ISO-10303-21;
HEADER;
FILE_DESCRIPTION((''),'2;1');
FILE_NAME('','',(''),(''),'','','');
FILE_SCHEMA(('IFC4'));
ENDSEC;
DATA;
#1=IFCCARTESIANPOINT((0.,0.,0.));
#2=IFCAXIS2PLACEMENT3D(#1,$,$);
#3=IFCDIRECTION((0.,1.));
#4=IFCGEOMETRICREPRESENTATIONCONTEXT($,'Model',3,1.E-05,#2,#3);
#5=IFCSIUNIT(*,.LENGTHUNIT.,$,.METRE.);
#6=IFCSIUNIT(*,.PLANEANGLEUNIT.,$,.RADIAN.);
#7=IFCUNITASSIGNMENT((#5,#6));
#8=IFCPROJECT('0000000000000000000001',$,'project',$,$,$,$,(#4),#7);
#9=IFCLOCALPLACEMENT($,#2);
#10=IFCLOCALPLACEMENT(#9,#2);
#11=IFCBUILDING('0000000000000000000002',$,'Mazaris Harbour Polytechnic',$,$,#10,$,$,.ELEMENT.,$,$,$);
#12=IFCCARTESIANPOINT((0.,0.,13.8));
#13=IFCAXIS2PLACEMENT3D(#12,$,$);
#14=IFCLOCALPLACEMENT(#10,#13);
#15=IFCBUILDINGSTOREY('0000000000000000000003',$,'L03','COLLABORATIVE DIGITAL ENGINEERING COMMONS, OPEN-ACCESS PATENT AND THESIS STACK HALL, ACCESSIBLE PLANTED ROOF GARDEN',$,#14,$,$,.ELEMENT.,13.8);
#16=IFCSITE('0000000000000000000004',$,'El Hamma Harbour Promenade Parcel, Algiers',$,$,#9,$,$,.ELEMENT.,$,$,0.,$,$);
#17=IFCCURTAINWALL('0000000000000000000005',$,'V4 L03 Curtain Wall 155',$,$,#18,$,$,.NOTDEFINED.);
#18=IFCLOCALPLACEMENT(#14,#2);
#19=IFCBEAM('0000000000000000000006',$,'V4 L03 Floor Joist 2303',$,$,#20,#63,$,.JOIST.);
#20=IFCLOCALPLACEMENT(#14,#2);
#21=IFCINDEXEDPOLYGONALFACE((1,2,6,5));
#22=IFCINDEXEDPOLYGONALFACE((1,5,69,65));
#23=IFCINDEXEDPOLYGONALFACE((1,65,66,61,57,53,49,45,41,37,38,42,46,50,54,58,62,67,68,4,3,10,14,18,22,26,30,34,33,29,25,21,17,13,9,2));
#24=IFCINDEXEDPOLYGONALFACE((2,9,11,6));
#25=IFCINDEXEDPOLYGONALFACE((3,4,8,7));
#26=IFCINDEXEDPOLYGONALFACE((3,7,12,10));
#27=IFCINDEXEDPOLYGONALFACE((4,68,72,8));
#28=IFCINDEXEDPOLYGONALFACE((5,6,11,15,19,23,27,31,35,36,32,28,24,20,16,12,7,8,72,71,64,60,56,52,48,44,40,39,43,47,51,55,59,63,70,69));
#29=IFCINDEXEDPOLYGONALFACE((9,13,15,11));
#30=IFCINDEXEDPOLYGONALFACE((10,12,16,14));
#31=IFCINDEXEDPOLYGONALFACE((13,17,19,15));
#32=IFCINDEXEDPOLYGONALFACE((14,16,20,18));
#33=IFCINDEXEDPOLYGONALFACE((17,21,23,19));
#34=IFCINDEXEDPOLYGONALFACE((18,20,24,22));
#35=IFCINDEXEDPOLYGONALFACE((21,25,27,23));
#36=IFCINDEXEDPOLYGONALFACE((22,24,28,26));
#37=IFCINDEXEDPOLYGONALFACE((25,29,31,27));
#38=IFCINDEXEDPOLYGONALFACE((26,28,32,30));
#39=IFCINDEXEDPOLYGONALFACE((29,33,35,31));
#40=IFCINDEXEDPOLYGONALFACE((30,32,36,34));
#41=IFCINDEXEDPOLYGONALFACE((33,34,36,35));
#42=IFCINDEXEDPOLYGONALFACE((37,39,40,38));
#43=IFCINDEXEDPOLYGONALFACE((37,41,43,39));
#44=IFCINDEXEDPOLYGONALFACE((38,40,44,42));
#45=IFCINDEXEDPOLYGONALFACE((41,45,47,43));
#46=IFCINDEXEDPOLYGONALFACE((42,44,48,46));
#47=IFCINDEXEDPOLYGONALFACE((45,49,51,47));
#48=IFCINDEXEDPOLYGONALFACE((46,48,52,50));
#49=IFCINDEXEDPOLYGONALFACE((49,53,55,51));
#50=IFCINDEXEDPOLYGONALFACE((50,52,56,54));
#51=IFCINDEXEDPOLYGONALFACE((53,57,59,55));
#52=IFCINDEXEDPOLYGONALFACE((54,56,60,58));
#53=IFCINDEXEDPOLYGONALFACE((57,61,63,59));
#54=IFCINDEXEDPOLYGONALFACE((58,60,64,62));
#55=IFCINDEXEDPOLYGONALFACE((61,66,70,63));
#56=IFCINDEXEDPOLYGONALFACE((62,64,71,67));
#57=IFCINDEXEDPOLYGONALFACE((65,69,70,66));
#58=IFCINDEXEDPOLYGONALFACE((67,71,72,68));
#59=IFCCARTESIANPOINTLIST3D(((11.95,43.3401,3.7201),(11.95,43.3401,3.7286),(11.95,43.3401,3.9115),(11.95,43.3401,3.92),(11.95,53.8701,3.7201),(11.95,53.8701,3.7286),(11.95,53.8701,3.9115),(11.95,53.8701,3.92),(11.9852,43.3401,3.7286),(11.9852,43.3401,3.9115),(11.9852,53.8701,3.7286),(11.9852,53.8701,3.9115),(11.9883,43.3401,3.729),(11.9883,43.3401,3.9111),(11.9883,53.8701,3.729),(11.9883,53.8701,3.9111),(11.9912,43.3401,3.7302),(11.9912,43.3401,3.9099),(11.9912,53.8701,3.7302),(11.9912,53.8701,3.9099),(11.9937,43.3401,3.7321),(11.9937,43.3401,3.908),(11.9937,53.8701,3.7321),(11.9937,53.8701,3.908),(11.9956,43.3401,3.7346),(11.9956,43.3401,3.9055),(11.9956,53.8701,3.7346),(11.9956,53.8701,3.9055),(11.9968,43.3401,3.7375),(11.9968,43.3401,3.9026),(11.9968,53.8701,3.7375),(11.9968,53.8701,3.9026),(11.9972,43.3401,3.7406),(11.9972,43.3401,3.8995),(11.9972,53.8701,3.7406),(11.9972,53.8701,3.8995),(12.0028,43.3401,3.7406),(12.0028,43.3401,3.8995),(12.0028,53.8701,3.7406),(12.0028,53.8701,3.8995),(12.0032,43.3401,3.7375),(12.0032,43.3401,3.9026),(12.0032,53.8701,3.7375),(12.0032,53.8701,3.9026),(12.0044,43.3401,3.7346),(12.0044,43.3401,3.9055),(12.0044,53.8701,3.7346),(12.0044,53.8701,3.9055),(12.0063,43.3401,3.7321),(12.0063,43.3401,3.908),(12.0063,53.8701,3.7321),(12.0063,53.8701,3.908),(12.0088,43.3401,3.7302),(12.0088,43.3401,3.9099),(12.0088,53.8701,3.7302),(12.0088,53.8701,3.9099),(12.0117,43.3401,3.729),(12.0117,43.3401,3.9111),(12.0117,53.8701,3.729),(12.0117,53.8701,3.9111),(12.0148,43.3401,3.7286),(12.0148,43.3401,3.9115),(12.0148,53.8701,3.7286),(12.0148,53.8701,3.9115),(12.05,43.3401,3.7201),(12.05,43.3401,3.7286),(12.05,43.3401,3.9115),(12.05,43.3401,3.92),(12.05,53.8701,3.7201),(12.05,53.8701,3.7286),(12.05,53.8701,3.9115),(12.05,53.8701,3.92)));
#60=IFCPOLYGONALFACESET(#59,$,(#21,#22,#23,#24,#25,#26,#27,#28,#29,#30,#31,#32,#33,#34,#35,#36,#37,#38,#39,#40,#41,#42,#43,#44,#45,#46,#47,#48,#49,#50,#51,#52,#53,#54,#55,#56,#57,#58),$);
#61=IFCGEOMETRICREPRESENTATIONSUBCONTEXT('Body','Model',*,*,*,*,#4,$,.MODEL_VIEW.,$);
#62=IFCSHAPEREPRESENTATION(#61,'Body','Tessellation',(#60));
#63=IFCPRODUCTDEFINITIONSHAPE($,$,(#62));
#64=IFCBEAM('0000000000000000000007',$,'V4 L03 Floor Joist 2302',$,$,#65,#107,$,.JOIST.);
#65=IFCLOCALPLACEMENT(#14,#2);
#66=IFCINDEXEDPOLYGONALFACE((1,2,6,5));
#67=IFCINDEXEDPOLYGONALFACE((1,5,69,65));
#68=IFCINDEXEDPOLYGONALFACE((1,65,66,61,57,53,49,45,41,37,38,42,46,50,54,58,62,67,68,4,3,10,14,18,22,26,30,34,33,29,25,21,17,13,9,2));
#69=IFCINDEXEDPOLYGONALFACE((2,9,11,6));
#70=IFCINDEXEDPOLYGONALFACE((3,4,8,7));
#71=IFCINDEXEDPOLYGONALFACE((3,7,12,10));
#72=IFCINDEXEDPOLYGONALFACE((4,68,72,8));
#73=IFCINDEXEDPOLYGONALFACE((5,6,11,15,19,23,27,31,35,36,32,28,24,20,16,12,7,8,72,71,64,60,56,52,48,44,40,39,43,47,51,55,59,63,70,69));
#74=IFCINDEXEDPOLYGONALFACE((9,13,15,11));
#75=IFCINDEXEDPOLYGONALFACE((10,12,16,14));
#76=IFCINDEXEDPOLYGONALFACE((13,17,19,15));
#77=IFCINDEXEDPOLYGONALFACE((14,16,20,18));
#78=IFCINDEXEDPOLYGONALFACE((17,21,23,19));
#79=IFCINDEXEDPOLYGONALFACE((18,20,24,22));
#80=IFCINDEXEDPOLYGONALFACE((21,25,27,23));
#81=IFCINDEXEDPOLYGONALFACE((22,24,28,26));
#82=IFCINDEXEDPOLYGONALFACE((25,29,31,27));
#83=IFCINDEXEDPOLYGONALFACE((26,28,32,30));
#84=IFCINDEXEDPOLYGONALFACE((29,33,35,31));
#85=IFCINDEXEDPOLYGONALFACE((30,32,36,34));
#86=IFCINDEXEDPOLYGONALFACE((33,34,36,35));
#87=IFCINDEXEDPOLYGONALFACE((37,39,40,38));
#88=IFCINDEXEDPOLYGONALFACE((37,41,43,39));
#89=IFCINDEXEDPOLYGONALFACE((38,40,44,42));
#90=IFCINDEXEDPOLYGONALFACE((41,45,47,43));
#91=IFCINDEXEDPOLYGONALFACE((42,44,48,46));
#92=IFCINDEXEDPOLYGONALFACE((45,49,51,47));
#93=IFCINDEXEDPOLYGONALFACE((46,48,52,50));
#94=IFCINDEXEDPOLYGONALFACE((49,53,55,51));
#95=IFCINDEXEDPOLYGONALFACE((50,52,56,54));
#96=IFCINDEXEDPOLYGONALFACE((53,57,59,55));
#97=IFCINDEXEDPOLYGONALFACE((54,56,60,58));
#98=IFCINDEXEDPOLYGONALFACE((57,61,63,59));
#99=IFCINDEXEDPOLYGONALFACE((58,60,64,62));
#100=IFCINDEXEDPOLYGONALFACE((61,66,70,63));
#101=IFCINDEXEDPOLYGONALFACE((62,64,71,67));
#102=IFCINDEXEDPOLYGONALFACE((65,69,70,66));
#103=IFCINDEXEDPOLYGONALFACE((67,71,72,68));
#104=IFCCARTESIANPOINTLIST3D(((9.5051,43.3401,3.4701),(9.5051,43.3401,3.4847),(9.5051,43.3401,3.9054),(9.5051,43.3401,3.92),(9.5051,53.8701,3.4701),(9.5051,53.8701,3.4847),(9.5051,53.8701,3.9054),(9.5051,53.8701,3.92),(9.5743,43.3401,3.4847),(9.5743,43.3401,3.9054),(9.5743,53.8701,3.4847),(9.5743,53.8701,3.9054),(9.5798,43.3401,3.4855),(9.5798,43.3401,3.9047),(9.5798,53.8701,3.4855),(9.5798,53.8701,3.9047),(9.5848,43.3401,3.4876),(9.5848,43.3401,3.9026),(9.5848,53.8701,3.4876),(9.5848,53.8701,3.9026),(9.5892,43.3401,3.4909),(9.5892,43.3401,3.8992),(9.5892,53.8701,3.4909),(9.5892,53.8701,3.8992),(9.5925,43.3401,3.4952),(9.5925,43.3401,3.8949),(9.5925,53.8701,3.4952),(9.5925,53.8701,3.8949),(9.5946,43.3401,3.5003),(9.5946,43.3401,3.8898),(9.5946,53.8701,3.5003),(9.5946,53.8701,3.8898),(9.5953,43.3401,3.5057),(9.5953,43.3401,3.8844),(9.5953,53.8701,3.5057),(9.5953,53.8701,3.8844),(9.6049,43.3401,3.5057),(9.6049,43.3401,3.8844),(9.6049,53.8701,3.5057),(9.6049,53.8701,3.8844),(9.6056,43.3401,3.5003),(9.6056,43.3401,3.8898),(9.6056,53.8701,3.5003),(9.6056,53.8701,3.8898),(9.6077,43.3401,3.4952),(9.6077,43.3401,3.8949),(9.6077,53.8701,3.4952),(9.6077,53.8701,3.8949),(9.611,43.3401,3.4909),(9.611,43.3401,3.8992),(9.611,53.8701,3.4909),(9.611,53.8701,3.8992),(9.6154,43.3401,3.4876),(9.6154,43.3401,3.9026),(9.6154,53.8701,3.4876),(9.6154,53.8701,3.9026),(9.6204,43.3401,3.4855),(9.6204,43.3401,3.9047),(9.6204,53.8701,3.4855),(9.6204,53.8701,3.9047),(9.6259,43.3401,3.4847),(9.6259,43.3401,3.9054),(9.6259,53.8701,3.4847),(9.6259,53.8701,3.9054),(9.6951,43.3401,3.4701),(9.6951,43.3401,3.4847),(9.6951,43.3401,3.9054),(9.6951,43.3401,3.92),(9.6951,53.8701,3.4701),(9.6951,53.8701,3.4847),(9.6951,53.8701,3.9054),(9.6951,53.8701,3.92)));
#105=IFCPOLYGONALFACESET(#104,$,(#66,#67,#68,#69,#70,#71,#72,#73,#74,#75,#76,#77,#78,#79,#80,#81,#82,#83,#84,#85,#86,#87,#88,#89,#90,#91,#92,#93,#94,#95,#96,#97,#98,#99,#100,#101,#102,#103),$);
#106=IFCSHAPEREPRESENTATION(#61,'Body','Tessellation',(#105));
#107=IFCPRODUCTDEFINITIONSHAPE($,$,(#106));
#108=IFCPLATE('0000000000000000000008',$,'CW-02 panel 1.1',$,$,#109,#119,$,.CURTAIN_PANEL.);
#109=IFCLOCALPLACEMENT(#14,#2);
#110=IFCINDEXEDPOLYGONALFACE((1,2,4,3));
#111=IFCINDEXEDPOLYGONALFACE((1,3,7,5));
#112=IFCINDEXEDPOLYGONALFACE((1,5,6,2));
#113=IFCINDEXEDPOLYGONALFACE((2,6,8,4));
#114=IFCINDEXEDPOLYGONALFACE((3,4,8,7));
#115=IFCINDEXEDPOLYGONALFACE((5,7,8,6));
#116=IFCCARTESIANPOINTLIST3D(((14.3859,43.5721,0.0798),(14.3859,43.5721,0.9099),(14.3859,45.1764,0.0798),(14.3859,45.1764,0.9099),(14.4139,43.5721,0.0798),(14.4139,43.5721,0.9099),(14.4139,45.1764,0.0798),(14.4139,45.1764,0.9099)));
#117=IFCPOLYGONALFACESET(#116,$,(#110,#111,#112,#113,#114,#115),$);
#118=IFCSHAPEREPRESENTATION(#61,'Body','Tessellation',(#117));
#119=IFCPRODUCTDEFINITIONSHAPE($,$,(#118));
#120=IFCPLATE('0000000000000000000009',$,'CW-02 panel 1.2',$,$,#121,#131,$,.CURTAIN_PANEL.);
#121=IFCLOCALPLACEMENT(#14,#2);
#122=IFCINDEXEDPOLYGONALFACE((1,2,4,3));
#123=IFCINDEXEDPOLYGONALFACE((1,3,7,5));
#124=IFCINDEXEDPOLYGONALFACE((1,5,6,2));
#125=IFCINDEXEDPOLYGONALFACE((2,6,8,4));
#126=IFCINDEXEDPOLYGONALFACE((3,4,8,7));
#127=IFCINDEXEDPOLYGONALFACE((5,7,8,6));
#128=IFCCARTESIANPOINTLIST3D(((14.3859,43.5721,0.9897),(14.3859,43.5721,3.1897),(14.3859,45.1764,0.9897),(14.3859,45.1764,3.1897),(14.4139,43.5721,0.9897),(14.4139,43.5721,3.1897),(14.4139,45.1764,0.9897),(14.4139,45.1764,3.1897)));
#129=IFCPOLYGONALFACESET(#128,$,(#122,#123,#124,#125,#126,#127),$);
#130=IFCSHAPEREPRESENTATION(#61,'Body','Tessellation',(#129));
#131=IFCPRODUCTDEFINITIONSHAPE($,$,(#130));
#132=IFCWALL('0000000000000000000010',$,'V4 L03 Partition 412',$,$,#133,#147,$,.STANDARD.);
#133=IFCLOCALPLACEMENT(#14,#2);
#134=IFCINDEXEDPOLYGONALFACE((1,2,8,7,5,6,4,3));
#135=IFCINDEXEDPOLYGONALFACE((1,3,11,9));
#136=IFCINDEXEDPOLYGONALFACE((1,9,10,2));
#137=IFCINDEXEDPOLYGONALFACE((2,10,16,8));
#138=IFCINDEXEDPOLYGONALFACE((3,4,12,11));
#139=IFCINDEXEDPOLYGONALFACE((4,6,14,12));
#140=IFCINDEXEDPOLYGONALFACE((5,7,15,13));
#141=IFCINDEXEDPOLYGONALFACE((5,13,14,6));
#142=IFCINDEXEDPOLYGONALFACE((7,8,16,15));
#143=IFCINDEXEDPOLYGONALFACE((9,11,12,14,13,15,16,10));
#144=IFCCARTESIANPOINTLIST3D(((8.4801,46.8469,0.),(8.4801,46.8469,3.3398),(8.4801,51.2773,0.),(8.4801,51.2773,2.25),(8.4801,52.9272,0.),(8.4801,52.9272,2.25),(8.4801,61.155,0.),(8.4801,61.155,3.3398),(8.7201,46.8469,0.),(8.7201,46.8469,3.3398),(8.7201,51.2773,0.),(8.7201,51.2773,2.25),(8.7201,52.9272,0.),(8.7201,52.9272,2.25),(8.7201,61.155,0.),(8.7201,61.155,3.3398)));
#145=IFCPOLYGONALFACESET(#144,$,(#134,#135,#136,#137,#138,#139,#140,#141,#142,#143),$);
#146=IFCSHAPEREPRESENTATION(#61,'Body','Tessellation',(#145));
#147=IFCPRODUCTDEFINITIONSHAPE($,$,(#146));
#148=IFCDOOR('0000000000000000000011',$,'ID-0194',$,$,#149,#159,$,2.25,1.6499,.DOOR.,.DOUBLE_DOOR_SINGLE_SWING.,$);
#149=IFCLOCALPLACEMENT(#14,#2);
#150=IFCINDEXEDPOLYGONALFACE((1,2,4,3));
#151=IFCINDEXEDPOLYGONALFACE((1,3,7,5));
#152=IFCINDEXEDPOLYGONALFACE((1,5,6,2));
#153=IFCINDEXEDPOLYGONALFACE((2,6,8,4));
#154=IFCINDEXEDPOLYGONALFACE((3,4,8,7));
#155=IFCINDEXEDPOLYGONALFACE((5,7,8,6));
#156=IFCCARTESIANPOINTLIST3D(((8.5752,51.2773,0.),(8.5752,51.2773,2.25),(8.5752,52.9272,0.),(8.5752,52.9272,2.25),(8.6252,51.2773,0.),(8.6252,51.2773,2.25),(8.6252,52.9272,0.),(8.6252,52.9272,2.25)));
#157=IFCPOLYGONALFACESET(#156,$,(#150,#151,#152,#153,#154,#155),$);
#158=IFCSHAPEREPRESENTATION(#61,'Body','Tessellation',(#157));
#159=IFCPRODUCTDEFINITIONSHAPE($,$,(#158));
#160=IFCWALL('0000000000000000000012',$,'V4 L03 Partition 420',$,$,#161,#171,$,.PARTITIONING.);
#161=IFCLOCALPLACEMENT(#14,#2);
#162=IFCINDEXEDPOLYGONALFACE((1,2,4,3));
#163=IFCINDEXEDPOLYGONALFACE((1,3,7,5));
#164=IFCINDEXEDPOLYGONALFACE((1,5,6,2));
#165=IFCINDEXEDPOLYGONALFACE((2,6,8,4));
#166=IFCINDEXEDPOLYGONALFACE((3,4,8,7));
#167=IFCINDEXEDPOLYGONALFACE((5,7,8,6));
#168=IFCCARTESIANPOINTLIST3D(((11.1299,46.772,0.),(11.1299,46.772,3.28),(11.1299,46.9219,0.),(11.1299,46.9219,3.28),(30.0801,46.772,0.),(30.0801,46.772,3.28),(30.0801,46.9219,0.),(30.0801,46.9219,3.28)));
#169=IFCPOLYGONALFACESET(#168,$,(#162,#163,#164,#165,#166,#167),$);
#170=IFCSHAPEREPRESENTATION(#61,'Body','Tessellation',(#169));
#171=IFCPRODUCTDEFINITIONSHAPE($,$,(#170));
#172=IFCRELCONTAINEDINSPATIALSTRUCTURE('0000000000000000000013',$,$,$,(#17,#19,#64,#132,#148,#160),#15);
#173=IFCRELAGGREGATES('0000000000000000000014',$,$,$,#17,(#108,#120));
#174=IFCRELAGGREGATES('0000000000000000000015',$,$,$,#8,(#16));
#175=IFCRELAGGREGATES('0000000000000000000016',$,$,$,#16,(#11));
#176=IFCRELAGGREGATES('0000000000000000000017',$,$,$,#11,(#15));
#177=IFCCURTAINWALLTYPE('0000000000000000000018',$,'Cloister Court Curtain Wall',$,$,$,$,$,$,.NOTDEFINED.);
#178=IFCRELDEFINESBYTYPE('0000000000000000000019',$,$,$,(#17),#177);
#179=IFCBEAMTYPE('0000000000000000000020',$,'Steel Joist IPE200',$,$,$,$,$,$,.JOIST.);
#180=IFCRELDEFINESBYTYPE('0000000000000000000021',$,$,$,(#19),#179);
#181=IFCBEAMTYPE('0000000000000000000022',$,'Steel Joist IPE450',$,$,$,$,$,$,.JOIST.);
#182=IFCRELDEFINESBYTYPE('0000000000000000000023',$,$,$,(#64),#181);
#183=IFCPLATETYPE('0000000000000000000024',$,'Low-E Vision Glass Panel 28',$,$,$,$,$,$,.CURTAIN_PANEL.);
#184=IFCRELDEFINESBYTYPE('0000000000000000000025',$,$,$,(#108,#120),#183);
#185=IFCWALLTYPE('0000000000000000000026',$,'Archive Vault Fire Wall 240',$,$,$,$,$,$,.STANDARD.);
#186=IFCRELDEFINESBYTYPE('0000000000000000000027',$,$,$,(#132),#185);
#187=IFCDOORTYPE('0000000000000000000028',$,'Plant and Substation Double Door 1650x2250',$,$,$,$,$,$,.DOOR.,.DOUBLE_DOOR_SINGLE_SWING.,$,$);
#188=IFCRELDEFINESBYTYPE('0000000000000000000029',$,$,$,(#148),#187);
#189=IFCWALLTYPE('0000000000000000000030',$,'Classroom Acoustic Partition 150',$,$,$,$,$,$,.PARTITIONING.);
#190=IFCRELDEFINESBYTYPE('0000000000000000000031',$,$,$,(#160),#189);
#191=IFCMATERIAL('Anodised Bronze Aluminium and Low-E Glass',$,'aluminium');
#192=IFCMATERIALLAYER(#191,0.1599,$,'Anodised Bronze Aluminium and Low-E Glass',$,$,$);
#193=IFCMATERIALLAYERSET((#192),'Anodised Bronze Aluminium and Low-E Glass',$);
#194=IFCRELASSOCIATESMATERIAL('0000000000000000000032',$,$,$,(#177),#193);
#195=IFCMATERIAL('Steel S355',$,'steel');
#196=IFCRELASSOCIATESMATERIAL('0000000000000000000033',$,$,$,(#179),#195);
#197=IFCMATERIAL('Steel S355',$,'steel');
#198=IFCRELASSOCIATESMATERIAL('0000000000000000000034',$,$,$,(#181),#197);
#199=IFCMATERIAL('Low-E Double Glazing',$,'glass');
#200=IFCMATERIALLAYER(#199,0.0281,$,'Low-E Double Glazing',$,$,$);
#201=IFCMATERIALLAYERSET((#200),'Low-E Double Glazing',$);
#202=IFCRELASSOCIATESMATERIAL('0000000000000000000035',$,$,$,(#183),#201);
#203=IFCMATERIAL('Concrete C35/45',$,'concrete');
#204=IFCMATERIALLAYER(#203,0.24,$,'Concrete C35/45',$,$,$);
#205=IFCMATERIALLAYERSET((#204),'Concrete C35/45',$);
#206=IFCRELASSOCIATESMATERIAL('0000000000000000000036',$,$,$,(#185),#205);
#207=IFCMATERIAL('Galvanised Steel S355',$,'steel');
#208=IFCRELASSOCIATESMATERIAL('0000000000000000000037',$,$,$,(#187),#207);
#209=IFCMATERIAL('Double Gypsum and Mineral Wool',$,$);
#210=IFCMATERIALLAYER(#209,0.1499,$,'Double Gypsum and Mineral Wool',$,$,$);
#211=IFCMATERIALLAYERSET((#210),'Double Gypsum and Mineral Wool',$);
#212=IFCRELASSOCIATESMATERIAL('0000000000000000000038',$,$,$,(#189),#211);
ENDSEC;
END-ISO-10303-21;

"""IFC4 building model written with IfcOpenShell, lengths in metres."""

from ifc_helpers import new_model, si_unit, direction, frame, frame_2d, origin, origin_2d, place, context, subcontext, project, spatial, rectangle, i_section, extrude, material, layer, layer_set, material_profile, profile_set, type_object, element, fill, aggregate, save


model = new_model("IFC4")

# Units and contexts
model_context = context("Model", 3, precision=1e-05, world=origin(), true_north=direction((0.0, 1.0)))
body_context = subcontext(model_context, "Body", "Model", "MODEL_VIEW")
ifc_project = project(units=[si_unit("LENGTHUNIT", "METRE"), si_unit("PLANEANGLEUNIT", "RADIAN")], contexts=[model_context])

# Site, building, storey
site_placement = place(None, origin())
site = spatial("IfcSite", under=ifc_project, at=site_placement, Name="El Hamma Harbour Promenade Parcel, Algiers", CompositionType="ELEMENT", RefElevation=0.0)
building_placement = place(site_placement, origin())
building = spatial("IfcBuilding", under=site, at=building_placement, Name="Mazaris Harbour Polytechnic", CompositionType="ELEMENT")
storey_placement = place(building_placement, frame((0.0, 0.0, 13.8)))
storey = spatial("IfcBuildingStorey", under=building, at=storey_placement, Name="L03", Description="COLLABORATIVE DIGITAL ENGINEERING COMMONS, OPEN-ACCESS PATENT AND THESIS STACK HALL, ACCESSIBLE PLANTED ROOF GARDEN", CompositionType="ELEMENT", Elevation=13.8)

# Curtain wall
ifc_material_1 = material(Name="Anodised Bronze Aluminium and Low-E Glass", Category="aluminium")
ifc_layer_1 = layer(ifc_material_1, 0.1599, Name="Anodised Bronze Aluminium and Low-E Glass")
ifc_layer_set_1 = layer_set([ifc_layer_1], Name="Anodised Bronze Aluminium and Low-E Glass")
curtain_wall_type = type_object("IfcCurtainWallType", Name="Cloister Court Curtain Wall", PredefinedType="NOTDEFINED", material=ifc_layer_set_1)
curtain_wall_placement = place(storey_placement, origin())
curtain_wall = element("IfcCurtainWall", 1, at=curtain_wall_placement, inside=storey, type_object=curtain_wall_type, Name="V4 L03 Curtain Wall 155", PredefinedType="NOTDEFINED")

# Beams
ifc_material_2 = material(Name="Steel S355", Category="steel")
ifc_material_profile_1 = material_profile(ifc_material_2, i_section(OverallWidth=0.1001, OverallDepth=0.2, WebThickness=0.0056, FlangeThickness=0.0085, FilletRadius=0.012, at=origin_2d()), Name="IPE 200")
ifc_profile_set_1 = profile_set([ifc_material_profile_1], Name="Steel S355")
beam_type_1 = type_object("IfcBeamType", Name="Steel Joist IPE200", PredefinedType="JOIST", material=ifc_profile_set_1)
beam_1_placement = place(storey_placement, frame((12.0, 43.3401, 3.8201), z_axis=(0.0, 1.0, 0.0), x_axis=(-1.0, 0.0, 0.0)))
element("IfcBeam", 2, at=beam_1_placement, inside=storey, type_object=beam_type_1, Name="V4 L03 Floor Joist 2303", PredefinedType="JOIST", context=body_context, shape_type="SweptSolid", body=[
    extrude(i_section(OverallWidth=0.1001, OverallDepth=0.2, WebThickness=0.0056, FlangeThickness=0.0085, FilletRadius=0.012, at=origin_2d()), origin(), (0.0, 0.0, 1.0), 10.53),
])
ifc_material_3 = material(Name="Steel S355", Category="steel")
ifc_material_profile_2 = material_profile(ifc_material_3, i_section(OverallWidth=0.1899, OverallDepth=0.45, WebThickness=0.0095, FlangeThickness=0.0146, FilletRadius=0.021, at=origin_2d()), Name="IPE 450")
ifc_profile_set_2 = profile_set([ifc_material_profile_2], Name="Steel S355")
beam_type_2 = type_object("IfcBeamType", Name="Steel Joist IPE450", PredefinedType="JOIST", material=ifc_profile_set_2)
beam_2_placement = place(storey_placement, frame((9.6001, 43.3401, 3.6951), z_axis=(0.0, 1.0, 0.0), x_axis=(-1.0, 0.0, 0.0)))
element("IfcBeam", 3, at=beam_2_placement, inside=storey, type_object=beam_type_2, Name="V4 L03 Floor Joist 2302", PredefinedType="JOIST", context=body_context, shape_type="SweptSolid", body=[
    extrude(i_section(OverallWidth=0.1899, OverallDepth=0.45, WebThickness=0.0095, FlangeThickness=0.0146, FilletRadius=0.021, at=origin_2d()), origin(), (0.0, 0.0, 1.0), 10.53),
])

# Plates
ifc_material_4 = material(Name="Low-E Double Glazing", Category="glass")
ifc_layer_2 = layer(ifc_material_4, 0.0281, Name="Low-E Double Glazing")
ifc_layer_set_2 = layer_set([ifc_layer_2], Name="Low-E Double Glazing")
plate_type = type_object("IfcPlateType", Name="Low-E Vision Glass Panel 28", PredefinedType="CURTAIN_PANEL", material=ifc_layer_set_2)
plate_1_placement = place(storey_placement, frame((14.3999, 44.3743, 0.0798), z_axis=(0.0, 0.0, 1.0), x_axis=(0.0, 1.0, 0.0)))
plate_1 = element("IfcPlate", 4, at=plate_1_placement, type_object=plate_type, Name="CW-02 panel 1.1", PredefinedType="CURTAIN_PANEL", context=body_context, shape_type="SweptSolid", body=[
    extrude(rectangle(XDim=1.6042, YDim=0.0281, at=origin_2d()), origin(), (0.0, 0.0, 1.0), 0.8301),
])
plate_2_placement = place(storey_placement, frame((14.3999, 44.3743, 0.9897), z_axis=(0.0, 0.0, 1.0), x_axis=(0.0, 1.0, 0.0)))
plate_2 = element("IfcPlate", 5, at=plate_2_placement, type_object=plate_type, Name="CW-02 panel 1.2", PredefinedType="CURTAIN_PANEL", context=body_context, shape_type="SweptSolid", body=[
    extrude(rectangle(XDim=1.6042, YDim=0.0281, at=origin_2d()), origin(), (0.0, 0.0, 1.0), 2.2),
])
aggregate(curtain_wall, [plate_1, plate_2])

# Wall, opening, door
ifc_material_5 = material(Name="Concrete C35/45", Category="concrete")
ifc_layer_3 = layer(ifc_material_5, 0.24, Name="Concrete C35/45")
ifc_layer_set_3 = layer_set([ifc_layer_3], Name="Concrete C35/45")
wall_type_1 = type_object("IfcWallType", Name="Archive Vault Fire Wall 240", PredefinedType="STANDARD", material=ifc_layer_set_3)
wall_1_placement = place(storey_placement, frame((8.6001, 46.8469, 0.0), z_axis=(0.0, 0.0, 1.0), x_axis=(0.0, 1.0, 0.0)))
wall_1 = element("IfcWall", 6, at=wall_1_placement, inside=storey, type_object=wall_type_1, Name="V4 L03 Partition 412", PredefinedType="STANDARD", context=body_context, shape_type="SweptSolid", body=[
    extrude(rectangle(XDim=14.3081, YDim=0.24, at=frame_2d((7.1541, 0.0))), origin(), (0.0, 0.0, 1.0), 3.3398),
])
opening_1_placement = place(wall_1_placement, frame((4.4304, 0.0, 0.0)))
opening_1 = element("IfcOpeningElement", 7, at=opening_1_placement, cuts=wall_1, PredefinedType="OPENING", context=body_context, shape_type="SweptSolid", body=[
    extrude(rectangle(XDim=1.6499, YDim=2.25, at=frame_2d((0.825, 1.125))), frame((0.0, 0.1299, 0.0), z_axis=(0.0, -1.0, 0.0), x_axis=(1.0, 0.0, 0.0)), (0.0, 0.0, 1.0), 0.26),
])
ifc_material_6 = material(Name="Galvanised Steel S355", Category="steel")
door_type_1 = type_object("IfcDoorType", Name="Plant and Substation Double Door 1650x2250", OperationType="DOUBLE_DOOR_SINGLE_SWING", PredefinedType="DOOR", material=ifc_material_6)
door_1_placement = place(opening_1_placement, origin())
door_1 = element("IfcDoor", 8, at=door_1_placement, inside=storey, type_object=door_type_1, Name="ID-0194", OperationType="DOUBLE_DOOR_SINGLE_SWING", OverallHeight=2.25, OverallWidth=1.6499, PredefinedType="DOOR", context=body_context, shape_type="SweptSolid", body=[
    extrude(rectangle(XDim=1.6499, YDim=2.25, at=frame_2d((0.825, 1.125))), frame((0.0, 0.0249, 0.0), z_axis=(0.0, -1.0, 0.0), x_axis=(1.0, 0.0, 0.0)), (0.0, 0.0, 1.0), 0.05),
])
fill(opening_1, door_1)

# Wall
ifc_material_7 = material(Name="Double Gypsum and Mineral Wool")
ifc_layer_4 = layer(ifc_material_7, 0.1499, Name="Double Gypsum and Mineral Wool")
ifc_layer_set_4 = layer_set([ifc_layer_4], Name="Double Gypsum and Mineral Wool")
wall_type_2 = type_object("IfcWallType", Name="Classroom Acoustic Partition 150", PredefinedType="PARTITIONING", material=ifc_layer_set_4)
wall_2_placement = place(storey_placement, frame((11.1299, 46.8469, 0.0), z_axis=(0.0, 0.0, 1.0), x_axis=(1.0, 0.0, 0.0)))
element("IfcWall", 9, at=wall_2_placement, inside=storey, type_object=wall_type_2, Name="V4 L03 Partition 420", PredefinedType="PARTITIONING", context=body_context, shape_type="SweptSolid", body=[
    extrude(rectangle(XDim=18.9502, YDim=0.1499, at=frame_2d((9.4751, 0.0))), origin(), (0.0, 0.0, 1.0), 3.28),
])

save(model, "model.ifc")
